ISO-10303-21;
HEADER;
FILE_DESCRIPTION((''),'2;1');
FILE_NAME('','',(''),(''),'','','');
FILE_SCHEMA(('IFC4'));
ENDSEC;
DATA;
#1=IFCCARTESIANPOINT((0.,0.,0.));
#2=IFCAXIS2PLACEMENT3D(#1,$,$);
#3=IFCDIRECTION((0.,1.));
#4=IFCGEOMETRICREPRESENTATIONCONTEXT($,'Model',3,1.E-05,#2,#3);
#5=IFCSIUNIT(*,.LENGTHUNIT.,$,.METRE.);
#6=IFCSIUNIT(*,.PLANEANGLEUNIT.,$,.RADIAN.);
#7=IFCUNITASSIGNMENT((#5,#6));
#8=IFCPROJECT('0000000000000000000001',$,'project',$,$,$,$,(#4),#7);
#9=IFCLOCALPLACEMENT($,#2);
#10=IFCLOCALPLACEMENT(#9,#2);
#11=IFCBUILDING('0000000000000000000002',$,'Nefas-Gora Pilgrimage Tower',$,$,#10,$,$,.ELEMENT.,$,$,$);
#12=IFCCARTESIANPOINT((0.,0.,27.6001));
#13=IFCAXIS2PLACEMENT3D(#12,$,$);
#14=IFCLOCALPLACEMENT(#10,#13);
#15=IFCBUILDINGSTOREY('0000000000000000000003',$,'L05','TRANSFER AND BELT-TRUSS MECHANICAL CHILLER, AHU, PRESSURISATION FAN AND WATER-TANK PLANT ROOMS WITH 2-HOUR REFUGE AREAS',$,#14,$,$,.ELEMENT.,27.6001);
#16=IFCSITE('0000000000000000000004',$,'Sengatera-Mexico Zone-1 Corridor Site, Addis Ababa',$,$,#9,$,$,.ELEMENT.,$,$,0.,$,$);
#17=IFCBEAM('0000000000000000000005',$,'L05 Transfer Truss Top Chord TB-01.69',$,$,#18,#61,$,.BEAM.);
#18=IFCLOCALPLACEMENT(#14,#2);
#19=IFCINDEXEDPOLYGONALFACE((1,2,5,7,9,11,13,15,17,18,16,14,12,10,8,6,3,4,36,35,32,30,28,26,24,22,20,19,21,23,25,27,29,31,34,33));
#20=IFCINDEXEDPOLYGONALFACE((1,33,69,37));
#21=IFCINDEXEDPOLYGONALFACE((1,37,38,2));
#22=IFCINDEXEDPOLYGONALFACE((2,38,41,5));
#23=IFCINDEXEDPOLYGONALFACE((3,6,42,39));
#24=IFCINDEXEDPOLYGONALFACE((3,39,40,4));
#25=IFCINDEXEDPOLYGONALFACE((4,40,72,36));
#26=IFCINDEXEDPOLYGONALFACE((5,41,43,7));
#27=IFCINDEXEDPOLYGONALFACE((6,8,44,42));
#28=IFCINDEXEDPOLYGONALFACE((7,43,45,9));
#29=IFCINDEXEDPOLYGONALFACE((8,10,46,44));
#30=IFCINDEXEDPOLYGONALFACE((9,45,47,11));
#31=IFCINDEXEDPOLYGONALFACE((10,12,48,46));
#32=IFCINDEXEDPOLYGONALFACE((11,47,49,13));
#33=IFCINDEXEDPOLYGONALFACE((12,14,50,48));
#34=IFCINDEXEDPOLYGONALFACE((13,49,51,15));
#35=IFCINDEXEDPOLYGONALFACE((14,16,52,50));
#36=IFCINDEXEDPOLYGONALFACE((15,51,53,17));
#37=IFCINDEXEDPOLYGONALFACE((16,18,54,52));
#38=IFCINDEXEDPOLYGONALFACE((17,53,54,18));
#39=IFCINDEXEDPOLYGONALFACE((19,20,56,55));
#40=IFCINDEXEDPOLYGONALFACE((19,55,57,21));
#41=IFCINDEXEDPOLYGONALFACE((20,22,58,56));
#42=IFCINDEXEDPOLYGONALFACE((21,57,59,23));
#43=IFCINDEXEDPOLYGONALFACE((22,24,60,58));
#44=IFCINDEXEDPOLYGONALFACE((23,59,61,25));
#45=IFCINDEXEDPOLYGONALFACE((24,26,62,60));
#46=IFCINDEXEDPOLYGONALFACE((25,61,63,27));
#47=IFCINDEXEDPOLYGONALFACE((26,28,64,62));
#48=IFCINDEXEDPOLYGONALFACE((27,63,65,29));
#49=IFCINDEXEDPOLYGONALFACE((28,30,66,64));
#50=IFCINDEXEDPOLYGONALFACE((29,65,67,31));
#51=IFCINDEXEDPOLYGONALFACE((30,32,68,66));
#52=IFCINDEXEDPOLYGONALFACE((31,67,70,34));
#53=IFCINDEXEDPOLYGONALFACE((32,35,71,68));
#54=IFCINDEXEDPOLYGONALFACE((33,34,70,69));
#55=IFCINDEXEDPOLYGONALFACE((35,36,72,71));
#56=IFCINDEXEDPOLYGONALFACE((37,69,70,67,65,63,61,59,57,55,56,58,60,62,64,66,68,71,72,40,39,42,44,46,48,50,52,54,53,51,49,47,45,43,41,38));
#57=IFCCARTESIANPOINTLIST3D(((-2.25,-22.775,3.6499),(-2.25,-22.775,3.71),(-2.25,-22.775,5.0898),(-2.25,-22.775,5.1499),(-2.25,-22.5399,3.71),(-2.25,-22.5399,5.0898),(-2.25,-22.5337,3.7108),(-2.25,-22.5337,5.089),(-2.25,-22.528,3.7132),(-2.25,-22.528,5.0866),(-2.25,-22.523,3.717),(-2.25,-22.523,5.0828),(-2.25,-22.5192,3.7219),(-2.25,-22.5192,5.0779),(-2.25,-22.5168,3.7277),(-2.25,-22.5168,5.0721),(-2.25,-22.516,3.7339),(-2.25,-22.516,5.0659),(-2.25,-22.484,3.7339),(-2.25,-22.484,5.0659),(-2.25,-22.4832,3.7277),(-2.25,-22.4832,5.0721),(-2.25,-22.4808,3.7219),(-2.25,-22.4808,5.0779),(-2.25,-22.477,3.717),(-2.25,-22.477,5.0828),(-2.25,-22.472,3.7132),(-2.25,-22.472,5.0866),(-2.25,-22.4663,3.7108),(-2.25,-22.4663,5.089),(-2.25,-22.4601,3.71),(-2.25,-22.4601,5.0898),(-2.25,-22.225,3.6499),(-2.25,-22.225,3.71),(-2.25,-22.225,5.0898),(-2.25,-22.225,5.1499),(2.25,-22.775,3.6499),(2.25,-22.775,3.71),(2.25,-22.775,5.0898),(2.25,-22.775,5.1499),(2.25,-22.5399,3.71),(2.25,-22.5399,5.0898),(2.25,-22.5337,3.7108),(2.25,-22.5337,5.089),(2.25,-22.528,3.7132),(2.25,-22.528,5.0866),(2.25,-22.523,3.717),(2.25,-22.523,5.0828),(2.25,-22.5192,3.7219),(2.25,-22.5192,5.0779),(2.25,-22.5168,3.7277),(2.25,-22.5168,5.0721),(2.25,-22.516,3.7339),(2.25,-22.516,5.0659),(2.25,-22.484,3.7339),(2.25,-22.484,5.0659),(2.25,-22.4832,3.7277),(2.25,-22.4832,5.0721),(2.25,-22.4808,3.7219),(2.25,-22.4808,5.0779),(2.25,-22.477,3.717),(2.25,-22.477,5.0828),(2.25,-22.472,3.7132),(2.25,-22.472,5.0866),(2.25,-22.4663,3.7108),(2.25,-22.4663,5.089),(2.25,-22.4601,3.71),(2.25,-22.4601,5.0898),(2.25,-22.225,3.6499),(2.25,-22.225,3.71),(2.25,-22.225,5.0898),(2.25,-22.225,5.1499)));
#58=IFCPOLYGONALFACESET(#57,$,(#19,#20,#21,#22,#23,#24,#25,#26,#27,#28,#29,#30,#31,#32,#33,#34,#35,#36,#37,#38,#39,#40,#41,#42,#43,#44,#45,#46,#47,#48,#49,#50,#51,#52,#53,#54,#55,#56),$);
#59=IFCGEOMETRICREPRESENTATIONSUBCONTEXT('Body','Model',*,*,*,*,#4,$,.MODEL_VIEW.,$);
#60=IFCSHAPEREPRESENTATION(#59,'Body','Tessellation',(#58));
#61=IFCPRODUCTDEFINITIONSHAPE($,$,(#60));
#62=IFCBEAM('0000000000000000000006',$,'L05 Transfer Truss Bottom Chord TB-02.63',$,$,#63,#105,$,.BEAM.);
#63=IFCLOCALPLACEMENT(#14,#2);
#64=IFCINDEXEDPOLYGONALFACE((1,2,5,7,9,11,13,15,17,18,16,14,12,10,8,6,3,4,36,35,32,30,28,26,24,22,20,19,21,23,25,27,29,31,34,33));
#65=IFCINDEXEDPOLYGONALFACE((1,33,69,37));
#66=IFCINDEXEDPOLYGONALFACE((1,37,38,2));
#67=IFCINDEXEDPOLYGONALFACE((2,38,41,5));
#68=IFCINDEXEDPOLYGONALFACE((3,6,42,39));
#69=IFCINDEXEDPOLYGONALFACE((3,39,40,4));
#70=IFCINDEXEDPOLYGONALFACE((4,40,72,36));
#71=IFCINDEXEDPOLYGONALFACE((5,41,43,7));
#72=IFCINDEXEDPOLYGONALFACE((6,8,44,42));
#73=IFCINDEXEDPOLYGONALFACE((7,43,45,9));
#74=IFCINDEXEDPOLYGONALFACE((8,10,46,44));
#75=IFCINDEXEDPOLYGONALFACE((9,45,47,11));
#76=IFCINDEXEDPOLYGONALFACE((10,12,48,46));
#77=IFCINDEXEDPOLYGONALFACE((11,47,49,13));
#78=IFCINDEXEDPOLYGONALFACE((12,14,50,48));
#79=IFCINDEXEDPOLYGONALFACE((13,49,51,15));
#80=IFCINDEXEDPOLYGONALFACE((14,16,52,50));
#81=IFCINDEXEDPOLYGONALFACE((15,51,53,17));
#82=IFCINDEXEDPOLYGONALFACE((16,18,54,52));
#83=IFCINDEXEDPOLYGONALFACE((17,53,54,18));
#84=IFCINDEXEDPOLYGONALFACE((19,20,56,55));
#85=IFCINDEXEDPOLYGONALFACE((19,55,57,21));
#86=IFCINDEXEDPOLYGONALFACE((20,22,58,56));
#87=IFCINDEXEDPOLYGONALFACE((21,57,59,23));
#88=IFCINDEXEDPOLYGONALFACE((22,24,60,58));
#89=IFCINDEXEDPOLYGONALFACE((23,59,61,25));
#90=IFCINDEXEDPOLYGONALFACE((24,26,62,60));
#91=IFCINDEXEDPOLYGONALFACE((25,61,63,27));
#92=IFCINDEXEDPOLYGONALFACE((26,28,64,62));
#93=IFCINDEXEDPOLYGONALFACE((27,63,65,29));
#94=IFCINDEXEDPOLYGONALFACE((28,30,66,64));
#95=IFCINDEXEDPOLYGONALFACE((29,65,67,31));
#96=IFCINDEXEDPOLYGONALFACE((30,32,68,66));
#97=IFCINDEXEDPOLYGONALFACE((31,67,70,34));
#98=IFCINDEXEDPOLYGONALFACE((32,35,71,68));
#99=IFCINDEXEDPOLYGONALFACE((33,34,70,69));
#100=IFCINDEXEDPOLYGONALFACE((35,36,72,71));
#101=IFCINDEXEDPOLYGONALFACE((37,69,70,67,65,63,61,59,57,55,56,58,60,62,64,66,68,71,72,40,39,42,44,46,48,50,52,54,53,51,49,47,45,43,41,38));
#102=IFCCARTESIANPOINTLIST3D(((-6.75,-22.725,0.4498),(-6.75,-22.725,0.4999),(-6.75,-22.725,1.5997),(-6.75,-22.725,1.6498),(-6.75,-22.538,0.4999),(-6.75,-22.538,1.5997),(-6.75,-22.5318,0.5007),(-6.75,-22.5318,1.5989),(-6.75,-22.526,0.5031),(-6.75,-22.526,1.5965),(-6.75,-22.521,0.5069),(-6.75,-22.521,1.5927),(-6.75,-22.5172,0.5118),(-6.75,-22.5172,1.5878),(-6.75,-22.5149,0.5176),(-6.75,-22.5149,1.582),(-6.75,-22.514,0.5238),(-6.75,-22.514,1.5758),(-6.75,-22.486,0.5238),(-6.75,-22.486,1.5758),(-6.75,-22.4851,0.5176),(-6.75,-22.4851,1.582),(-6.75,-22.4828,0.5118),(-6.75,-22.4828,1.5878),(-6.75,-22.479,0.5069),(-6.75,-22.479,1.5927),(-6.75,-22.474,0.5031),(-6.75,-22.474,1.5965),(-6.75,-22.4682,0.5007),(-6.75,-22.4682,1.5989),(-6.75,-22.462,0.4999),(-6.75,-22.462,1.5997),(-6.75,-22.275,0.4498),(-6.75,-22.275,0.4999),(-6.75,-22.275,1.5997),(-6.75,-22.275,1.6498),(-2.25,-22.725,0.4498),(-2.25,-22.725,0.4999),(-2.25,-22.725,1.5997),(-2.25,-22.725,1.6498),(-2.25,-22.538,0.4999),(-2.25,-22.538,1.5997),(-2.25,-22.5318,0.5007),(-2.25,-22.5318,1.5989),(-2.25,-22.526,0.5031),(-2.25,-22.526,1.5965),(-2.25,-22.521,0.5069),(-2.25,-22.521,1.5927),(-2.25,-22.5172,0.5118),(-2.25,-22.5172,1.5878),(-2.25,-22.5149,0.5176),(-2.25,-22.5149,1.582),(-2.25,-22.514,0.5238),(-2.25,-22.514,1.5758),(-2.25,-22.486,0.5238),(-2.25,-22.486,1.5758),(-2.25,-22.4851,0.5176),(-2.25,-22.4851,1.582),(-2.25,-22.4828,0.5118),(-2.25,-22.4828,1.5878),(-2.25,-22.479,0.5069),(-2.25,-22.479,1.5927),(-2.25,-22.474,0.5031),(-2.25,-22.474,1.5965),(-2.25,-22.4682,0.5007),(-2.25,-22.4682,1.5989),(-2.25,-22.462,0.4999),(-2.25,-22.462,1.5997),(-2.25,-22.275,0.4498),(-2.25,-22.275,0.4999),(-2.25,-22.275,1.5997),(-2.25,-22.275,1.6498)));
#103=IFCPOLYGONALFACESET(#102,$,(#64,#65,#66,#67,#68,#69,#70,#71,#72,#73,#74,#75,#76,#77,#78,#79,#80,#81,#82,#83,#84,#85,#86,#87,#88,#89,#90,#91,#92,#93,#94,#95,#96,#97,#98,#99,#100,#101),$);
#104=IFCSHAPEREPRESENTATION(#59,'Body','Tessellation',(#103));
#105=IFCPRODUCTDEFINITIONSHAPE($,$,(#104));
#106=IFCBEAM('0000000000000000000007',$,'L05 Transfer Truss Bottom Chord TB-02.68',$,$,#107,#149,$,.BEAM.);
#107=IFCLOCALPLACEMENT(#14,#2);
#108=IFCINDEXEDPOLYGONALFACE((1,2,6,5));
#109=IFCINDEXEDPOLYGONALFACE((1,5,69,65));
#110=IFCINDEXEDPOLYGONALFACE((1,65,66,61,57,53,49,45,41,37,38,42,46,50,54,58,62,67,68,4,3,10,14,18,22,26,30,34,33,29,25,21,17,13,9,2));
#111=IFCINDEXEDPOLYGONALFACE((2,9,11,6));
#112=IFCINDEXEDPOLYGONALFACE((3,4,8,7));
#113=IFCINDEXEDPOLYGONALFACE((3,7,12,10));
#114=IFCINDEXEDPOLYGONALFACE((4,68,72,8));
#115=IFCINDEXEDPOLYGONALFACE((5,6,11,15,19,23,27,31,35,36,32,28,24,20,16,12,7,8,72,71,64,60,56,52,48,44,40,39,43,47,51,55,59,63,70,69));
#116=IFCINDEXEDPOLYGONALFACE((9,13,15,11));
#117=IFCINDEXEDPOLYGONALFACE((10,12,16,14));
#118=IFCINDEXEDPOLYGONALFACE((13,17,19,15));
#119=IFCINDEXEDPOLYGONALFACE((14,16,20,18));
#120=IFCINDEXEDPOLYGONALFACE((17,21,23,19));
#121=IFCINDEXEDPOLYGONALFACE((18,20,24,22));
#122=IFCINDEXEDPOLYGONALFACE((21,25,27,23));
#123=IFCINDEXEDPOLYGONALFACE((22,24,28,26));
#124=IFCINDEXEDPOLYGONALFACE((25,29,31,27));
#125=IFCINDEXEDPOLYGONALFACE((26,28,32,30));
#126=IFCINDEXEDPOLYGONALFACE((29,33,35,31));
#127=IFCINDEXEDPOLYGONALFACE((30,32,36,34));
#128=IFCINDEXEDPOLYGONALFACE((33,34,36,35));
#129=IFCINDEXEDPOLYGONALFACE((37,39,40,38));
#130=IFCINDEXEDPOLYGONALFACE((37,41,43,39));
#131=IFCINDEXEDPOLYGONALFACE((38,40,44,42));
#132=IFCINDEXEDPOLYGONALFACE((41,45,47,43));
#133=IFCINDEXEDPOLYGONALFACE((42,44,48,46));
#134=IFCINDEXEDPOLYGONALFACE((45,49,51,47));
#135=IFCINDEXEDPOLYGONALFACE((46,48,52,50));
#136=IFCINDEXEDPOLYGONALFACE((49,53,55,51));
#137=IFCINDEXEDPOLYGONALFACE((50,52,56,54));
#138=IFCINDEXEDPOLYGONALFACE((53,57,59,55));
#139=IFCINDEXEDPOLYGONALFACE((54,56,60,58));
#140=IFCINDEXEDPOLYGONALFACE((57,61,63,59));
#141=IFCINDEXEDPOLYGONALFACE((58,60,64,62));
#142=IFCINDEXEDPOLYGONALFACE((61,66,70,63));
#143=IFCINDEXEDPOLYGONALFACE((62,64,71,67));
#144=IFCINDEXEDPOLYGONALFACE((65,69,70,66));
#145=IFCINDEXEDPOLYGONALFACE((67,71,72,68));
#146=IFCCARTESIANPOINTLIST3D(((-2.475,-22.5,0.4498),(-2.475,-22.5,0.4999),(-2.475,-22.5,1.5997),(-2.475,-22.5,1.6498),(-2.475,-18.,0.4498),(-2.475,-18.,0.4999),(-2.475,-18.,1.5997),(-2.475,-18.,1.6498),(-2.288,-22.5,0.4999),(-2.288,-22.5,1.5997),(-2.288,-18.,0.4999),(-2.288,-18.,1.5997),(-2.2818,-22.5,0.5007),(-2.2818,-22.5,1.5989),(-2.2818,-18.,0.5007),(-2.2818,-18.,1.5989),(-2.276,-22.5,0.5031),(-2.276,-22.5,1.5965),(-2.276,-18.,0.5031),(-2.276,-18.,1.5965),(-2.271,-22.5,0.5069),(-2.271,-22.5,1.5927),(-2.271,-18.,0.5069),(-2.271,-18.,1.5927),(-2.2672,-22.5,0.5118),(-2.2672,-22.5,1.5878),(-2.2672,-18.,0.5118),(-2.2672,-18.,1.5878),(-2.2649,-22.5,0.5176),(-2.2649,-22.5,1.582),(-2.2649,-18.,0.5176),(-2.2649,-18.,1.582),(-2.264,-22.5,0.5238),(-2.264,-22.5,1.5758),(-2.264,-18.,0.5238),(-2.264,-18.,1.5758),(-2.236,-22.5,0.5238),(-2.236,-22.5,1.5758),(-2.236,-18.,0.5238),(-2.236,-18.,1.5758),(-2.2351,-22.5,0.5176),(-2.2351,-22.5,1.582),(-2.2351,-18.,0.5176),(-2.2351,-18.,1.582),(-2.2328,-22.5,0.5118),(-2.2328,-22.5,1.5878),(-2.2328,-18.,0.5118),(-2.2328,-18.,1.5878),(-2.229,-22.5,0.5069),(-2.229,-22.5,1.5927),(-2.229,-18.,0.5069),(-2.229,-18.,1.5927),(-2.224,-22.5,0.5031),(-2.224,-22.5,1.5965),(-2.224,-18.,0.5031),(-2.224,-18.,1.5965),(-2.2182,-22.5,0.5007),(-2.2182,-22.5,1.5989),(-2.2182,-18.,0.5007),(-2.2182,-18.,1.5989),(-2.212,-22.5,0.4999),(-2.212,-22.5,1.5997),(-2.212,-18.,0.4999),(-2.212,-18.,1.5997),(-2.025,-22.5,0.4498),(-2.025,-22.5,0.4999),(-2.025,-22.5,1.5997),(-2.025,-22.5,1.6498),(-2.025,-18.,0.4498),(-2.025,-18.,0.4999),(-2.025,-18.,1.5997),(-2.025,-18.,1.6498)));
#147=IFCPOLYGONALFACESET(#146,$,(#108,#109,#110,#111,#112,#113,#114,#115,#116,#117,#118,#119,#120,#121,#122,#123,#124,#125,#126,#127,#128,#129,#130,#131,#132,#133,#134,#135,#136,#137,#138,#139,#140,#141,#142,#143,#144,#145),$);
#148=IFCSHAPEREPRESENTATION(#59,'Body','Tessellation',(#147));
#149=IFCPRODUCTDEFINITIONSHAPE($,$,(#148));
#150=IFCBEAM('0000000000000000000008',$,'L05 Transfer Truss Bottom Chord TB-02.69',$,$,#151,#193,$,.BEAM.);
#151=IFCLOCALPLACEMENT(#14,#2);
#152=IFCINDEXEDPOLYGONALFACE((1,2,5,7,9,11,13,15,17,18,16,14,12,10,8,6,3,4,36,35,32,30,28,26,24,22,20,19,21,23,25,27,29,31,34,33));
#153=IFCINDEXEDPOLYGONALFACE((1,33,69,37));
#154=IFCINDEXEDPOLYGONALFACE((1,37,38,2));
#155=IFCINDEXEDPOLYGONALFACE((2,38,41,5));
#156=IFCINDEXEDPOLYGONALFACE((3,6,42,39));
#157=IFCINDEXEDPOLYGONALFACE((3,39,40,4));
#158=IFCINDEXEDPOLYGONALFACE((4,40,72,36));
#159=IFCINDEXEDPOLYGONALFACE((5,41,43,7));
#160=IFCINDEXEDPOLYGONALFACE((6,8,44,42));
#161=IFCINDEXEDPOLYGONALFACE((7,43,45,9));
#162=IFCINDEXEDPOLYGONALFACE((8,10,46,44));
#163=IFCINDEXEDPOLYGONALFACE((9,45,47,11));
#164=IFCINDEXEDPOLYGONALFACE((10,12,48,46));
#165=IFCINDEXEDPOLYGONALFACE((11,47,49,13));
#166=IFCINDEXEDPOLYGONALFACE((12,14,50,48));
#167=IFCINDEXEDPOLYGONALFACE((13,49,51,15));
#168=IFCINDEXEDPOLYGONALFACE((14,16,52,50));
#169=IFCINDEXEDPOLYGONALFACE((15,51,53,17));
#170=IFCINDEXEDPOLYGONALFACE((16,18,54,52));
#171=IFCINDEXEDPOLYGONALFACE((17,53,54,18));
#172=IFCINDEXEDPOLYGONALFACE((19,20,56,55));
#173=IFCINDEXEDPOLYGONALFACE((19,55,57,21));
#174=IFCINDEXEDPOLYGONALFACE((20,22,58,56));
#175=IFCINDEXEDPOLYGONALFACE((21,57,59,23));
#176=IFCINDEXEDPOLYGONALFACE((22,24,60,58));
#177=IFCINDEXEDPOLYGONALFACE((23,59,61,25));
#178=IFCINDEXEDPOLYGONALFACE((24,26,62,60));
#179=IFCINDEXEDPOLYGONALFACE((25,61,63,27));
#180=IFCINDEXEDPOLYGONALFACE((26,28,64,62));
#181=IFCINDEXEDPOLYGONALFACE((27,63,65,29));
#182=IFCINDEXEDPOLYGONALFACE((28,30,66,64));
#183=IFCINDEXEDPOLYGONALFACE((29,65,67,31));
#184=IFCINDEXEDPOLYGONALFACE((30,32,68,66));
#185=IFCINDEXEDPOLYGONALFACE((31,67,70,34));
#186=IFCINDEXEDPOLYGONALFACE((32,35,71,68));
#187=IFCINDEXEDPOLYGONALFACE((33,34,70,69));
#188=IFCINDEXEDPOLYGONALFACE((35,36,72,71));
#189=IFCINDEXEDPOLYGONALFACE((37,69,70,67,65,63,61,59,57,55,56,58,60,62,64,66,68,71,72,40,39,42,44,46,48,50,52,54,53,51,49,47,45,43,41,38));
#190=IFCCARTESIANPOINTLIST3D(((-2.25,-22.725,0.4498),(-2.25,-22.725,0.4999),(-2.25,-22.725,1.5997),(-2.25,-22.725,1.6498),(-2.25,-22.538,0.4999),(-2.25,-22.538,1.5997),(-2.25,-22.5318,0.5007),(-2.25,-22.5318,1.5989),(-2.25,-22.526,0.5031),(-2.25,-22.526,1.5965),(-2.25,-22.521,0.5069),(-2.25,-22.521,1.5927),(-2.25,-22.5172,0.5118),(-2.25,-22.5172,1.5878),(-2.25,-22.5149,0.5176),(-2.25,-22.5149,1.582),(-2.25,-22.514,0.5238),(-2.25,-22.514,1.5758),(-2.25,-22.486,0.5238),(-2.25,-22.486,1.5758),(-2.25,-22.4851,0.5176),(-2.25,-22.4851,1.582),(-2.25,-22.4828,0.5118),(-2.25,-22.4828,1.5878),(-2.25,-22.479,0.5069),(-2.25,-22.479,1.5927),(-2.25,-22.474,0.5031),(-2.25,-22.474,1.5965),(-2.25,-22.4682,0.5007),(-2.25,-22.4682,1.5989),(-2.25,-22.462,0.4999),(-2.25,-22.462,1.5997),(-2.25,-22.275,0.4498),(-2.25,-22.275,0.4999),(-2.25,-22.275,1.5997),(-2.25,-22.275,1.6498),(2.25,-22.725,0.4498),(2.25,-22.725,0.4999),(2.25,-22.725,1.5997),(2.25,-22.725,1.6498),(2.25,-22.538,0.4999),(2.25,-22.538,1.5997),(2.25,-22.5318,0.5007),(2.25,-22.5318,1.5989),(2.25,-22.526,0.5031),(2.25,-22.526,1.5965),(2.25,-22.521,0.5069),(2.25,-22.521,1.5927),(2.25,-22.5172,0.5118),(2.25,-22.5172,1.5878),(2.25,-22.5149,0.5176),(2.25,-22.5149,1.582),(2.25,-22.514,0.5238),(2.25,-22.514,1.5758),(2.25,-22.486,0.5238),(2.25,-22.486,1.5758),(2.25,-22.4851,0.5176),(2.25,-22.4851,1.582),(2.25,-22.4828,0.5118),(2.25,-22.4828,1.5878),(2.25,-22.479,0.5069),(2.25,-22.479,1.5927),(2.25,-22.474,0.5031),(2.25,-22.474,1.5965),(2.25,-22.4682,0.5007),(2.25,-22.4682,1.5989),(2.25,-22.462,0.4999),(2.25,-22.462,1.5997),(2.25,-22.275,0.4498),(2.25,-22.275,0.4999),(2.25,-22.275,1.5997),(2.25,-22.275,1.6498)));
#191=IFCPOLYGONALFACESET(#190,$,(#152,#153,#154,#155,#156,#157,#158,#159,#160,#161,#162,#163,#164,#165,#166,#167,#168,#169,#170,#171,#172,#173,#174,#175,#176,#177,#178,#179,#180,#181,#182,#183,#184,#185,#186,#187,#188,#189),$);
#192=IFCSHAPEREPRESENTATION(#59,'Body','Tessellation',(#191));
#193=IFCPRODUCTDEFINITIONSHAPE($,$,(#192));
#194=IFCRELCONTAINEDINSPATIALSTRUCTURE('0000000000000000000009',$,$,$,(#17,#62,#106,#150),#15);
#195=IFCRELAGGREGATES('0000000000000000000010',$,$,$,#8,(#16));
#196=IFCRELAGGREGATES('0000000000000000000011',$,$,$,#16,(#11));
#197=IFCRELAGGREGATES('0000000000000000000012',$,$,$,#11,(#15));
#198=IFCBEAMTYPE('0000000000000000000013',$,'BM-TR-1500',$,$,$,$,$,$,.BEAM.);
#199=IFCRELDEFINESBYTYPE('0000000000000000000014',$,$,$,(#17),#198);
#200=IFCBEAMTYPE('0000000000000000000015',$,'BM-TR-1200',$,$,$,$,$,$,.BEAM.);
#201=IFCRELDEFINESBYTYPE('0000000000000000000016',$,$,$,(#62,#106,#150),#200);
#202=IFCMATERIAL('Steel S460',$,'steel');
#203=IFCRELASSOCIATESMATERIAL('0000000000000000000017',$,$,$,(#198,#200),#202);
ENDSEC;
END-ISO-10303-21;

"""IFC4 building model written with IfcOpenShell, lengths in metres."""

from ifc_helpers import new_model, si_unit, direction, frame, origin, origin_2d, place, context, subcontext, project, spatial, i_section, extrude, source, transform, mapped, material, material_profile, profile_set, type_object, element, save


model = new_model("IFC4")

# Units and contexts
model_context = context("Model", 3, precision=1e-05, world=origin(), true_north=direction((0.0, 1.0)))
body_context = subcontext(model_context, "Body", "Model", "MODEL_VIEW")
ifc_project = project(units=[si_unit("LENGTHUNIT", "METRE"), si_unit("PLANEANGLEUNIT", "RADIAN")], contexts=[model_context])

# Site, building, storey
site_placement = place(None, origin())
site = spatial("IfcSite", under=ifc_project, at=site_placement, Name="Sengatera-Mexico Zone-1 Corridor Site, Addis Ababa", CompositionType="ELEMENT", RefElevation=0.0)
building_placement = place(site_placement, origin())
building = spatial("IfcBuilding", under=site, at=building_placement, Name="Nefas-Gora Pilgrimage Tower", CompositionType="ELEMENT")
storey_placement = place(building_placement, frame((0.0, 0.0, 27.6001)))
storey = spatial("IfcBuildingStorey", under=building, at=storey_placement, Name="L05", Description="TRANSFER AND BELT-TRUSS MECHANICAL CHILLER, AHU, PRESSURISATION FAN AND WATER-TANK PLANT ROOMS WITH 2-HOUR REFUGE AREAS", CompositionType="ELEMENT", Elevation=27.6001)

# Shared definitions
ifc_material_1 = material(Name="Steel S460", Category="steel")

# Beams
ifc_material_profile_1 = material_profile(ifc_material_1, i_section(OverallWidth=0.55, OverallDepth=1.5, WebThickness=0.032, FlangeThickness=0.0601, FilletRadius=0.0239, at=origin_2d()), Name="WPG 1500x550x32x60")
ifc_profile_set_1 = profile_set([ifc_material_profile_1], Name="Steel S460")
beam_type_1 = type_object("IfcBeamType", Name="BM-TR-1500", PredefinedType="BEAM", material=ifc_profile_set_1)
shared_shape_1 = source(origin(), body_context, "Body", "SweptSolid", [
    extrude(i_section(OverallWidth=0.55, OverallDepth=1.5, WebThickness=0.032, FlangeThickness=0.0601, FilletRadius=0.0239, at=origin_2d()), origin(), (0.0, 0.0, 1.0), 4.5),
])
for number, where, z_axis, x_axis, name in (
    (1, (-2.25, -22.5, 4.3999), (1.0, 0.0, 0.0), (0.0, 1.0, 0.0), "L05 Transfer Truss Top Chord TB-01.69"),
):
    element("IfcBeam", number, at=place(storey_placement, frame(where, z_axis=z_axis, x_axis=x_axis)), inside=storey, type_object=beam_type_1, Name=name, PredefinedType="BEAM", context=body_context, shape_type="MappedRepresentation", body=[
        mapped(shared_shape_1, transform((0.0, 0.0, 0.0), x_axis=(1.0, 0.0, 0.0), y_axis=(0.0, 1.0, 0.0), z_axis=(0.0, 0.0, 1.0), scale=1.0)),
    ])
ifc_material_profile_2 = material_profile(ifc_material_1, i_section(OverallWidth=0.45, OverallDepth=1.2, WebThickness=0.0281, FlangeThickness=0.05, FilletRadius=0.0239, at=origin_2d()), Name="WPG 1200x450x28x50")
ifc_profile_set_2 = profile_set([ifc_material_profile_2], Name="Steel S460")
beam_type_2 = type_object("IfcBeamType", Name="BM-TR-1200", PredefinedType="BEAM", material=ifc_profile_set_2)
shared_shape_2 = source(origin(), body_context, "Body", "SweptSolid", [
    extrude(i_section(OverallWidth=0.45, OverallDepth=1.2, WebThickness=0.0281, FlangeThickness=0.05, FilletRadius=0.0239, at=origin_2d()), origin(), (0.0, 0.0, 1.0), 4.5),
])
for number, where, z_axis, x_axis, name in (
    (2, (-6.75, -22.5, 1.0498), (1.0, 0.0, 0.0), (0.0, 1.0, 0.0), "L05 Transfer Truss Bottom Chord TB-02.63"),
    (3, (-2.25, -22.5, 1.0498), (0.0, 1.0, 0.0), (-1.0, 0.0, 0.0), "L05 Transfer Truss Bottom Chord TB-02.68"),
    (4, (-2.25, -22.5, 1.0498), (1.0, 0.0, 0.0), (0.0, 1.0, 0.0), "L05 Transfer Truss Bottom Chord TB-02.69"),
):
    element("IfcBeam", number, at=place(storey_placement, frame(where, z_axis=z_axis, x_axis=x_axis)), inside=storey, type_object=beam_type_2, Name=name, PredefinedType="BEAM", context=body_context, shape_type="MappedRepresentation", body=[
        mapped(shared_shape_2, transform((0.0, 0.0, 0.0), x_axis=(1.0, 0.0, 0.0), y_axis=(0.0, 1.0, 0.0), z_axis=(0.0, 0.0, 1.0), scale=1.0)),
    ])

save(model, "model.ifc")
